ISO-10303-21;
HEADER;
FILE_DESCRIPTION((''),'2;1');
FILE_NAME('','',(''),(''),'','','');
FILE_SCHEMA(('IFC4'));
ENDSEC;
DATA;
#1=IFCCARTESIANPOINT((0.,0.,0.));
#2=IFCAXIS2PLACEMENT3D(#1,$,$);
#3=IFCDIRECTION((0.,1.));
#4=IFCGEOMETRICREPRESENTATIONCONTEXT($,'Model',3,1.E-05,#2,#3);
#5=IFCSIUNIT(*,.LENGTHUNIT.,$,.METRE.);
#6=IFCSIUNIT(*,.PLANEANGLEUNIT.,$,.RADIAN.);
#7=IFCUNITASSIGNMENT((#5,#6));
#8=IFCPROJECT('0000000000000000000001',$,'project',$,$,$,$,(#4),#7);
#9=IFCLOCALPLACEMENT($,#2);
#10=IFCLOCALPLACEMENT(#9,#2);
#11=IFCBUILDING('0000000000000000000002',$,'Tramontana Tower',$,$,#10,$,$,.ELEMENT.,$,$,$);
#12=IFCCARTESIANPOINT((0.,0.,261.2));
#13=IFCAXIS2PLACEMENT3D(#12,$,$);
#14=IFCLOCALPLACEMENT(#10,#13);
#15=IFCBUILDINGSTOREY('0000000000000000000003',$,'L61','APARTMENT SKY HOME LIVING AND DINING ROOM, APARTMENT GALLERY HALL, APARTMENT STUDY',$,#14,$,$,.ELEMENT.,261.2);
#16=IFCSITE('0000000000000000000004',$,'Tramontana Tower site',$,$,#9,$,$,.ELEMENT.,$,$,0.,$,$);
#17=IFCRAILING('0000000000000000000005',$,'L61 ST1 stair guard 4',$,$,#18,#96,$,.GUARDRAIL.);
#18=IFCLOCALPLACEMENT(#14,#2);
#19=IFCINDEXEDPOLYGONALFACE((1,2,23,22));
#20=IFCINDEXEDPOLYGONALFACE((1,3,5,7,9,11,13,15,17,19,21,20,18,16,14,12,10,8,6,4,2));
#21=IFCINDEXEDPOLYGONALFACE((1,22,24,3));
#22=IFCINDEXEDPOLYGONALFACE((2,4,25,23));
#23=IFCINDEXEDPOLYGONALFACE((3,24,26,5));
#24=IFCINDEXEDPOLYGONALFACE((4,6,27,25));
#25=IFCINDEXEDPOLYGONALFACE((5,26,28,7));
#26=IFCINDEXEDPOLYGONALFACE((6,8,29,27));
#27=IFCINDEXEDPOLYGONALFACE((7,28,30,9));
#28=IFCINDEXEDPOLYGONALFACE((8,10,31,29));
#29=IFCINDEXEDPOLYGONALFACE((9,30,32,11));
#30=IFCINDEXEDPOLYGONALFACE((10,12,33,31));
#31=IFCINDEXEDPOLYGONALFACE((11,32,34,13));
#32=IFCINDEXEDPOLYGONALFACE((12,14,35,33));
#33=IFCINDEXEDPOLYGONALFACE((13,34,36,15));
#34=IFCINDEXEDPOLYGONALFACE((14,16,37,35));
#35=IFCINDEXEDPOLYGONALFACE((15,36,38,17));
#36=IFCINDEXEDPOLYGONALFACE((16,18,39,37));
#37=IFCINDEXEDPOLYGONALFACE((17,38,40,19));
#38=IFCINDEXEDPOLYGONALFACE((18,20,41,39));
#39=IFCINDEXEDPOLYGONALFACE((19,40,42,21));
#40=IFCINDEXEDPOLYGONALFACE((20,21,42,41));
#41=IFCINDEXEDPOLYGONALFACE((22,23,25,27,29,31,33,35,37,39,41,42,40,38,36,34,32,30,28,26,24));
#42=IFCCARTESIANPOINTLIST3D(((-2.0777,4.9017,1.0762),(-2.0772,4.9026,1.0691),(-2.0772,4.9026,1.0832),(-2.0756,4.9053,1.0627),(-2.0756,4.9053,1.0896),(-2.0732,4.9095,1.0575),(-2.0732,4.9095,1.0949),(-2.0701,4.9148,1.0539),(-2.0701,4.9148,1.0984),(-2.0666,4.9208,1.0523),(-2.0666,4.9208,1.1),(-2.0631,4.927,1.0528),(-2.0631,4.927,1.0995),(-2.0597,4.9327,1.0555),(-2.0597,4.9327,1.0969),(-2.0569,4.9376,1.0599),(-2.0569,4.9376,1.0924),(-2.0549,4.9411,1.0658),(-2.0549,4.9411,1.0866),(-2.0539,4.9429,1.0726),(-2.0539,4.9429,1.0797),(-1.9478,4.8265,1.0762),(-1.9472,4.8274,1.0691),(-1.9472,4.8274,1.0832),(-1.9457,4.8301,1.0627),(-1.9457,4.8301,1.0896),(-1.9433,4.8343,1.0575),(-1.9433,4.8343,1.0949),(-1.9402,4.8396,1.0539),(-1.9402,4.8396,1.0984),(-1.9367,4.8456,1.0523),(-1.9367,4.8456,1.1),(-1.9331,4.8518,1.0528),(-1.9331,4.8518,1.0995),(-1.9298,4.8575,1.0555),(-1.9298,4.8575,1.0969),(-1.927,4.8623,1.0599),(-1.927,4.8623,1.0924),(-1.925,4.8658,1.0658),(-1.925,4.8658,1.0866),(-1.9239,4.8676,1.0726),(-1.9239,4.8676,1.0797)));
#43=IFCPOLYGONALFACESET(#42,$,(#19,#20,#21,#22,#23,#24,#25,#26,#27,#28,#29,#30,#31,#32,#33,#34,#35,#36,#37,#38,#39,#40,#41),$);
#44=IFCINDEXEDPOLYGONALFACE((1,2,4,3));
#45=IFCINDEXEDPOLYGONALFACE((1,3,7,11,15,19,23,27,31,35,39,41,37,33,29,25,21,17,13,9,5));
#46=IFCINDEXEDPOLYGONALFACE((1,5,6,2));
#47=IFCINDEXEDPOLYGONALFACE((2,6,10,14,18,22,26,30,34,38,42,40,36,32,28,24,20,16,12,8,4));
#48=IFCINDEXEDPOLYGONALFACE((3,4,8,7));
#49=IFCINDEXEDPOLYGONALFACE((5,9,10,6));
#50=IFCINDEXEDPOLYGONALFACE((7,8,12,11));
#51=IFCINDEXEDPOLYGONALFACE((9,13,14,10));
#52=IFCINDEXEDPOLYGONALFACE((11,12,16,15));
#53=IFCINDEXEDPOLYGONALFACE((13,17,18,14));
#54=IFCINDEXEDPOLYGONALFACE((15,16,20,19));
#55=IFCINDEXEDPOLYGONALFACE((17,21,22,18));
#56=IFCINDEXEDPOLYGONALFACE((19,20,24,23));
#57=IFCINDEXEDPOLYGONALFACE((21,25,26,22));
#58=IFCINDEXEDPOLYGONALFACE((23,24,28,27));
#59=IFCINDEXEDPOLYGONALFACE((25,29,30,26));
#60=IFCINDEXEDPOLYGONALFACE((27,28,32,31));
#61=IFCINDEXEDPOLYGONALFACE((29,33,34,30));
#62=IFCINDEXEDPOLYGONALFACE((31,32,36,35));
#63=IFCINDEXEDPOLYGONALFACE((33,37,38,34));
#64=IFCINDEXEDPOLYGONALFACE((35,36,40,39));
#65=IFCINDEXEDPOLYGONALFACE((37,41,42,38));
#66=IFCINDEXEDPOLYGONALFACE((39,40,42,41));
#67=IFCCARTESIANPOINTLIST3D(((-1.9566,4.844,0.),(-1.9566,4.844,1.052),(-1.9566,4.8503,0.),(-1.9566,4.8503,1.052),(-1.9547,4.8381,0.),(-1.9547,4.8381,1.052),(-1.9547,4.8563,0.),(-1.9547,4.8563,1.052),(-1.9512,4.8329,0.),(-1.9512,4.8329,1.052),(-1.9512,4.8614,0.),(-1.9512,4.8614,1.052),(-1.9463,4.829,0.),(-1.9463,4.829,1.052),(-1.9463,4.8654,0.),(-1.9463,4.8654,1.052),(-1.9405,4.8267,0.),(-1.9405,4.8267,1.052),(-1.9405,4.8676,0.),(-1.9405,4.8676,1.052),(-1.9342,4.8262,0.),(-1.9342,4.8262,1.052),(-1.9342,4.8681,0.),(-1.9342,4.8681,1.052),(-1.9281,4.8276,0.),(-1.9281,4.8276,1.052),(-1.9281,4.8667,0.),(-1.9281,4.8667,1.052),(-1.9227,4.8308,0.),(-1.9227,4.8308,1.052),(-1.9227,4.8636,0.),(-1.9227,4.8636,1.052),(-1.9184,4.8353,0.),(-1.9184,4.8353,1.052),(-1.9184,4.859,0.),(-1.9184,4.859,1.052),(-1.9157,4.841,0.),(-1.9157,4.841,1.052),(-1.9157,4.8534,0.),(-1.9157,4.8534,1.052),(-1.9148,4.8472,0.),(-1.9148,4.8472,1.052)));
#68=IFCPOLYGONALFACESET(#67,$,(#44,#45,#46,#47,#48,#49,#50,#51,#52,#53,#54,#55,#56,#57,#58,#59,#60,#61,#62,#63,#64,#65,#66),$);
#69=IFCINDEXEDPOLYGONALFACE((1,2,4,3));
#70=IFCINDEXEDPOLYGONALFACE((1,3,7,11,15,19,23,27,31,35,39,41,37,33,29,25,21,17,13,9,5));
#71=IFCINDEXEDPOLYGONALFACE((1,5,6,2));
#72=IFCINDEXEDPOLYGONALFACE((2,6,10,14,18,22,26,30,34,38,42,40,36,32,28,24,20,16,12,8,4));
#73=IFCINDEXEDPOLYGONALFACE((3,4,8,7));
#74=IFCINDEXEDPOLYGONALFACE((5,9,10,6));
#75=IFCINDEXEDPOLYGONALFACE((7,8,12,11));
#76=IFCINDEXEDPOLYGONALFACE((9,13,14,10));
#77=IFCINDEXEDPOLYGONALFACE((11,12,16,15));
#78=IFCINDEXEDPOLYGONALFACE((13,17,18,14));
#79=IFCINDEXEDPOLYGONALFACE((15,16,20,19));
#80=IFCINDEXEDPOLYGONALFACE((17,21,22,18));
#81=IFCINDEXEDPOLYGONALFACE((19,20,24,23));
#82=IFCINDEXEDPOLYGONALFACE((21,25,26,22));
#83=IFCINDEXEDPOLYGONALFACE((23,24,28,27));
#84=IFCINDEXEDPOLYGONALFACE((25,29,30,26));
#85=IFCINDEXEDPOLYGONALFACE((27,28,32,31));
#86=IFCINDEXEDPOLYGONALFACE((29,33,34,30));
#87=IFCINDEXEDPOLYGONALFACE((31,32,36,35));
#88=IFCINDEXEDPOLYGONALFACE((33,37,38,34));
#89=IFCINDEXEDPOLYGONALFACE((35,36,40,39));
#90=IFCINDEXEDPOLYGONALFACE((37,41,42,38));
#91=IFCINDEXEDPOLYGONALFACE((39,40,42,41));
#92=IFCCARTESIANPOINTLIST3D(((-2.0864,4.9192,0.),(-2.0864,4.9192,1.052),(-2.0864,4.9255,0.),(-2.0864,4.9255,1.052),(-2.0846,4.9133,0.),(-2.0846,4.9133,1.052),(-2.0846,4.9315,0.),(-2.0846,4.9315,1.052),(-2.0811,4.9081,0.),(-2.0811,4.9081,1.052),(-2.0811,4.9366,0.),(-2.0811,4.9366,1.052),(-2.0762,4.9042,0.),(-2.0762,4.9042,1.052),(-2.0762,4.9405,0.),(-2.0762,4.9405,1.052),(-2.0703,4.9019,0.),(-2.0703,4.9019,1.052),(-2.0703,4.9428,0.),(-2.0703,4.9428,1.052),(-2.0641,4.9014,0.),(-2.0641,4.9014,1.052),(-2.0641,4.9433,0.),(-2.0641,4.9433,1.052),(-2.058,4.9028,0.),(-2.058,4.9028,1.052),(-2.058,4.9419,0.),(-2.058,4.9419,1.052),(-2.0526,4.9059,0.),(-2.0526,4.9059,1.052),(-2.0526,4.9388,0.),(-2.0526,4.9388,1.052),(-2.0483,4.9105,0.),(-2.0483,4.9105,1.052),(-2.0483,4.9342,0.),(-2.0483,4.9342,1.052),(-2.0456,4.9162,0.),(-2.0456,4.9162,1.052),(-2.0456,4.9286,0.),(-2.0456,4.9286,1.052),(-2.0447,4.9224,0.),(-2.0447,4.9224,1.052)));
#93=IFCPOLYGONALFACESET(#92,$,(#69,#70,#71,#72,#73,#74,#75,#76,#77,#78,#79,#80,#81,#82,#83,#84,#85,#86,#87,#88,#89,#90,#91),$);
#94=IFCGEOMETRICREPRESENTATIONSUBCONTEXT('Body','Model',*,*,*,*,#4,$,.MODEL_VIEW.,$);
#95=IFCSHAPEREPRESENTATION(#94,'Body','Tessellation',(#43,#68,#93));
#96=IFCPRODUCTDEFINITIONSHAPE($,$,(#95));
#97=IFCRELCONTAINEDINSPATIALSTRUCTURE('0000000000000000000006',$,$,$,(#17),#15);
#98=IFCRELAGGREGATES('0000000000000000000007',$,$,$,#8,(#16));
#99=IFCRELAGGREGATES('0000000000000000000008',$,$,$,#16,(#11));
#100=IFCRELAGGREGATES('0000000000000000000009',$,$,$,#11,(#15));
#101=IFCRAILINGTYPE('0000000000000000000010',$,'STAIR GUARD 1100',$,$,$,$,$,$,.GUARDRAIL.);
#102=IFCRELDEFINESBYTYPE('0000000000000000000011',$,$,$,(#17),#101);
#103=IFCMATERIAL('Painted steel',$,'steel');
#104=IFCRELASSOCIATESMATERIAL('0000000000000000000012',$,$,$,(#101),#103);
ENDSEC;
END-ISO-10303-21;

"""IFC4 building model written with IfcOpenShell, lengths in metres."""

from ifc_helpers import new_model, si_unit, direction, frame, origin, origin_2d, place, context, subcontext, project, spatial, circle, extrude, material, type_object, element, save


model = new_model("IFC4")

# Units and contexts
model_context = context("Model", 3, precision=1e-05, world=origin(), true_north=direction((0.0, 1.0)))
body_context = subcontext(model_context, "Body", "Model", "MODEL_VIEW")
ifc_project = project(units=[si_unit("LENGTHUNIT", "METRE"), si_unit("PLANEANGLEUNIT", "RADIAN")], contexts=[model_context])

# Site, building, storey
site_placement = place(None, origin())
site = spatial("IfcSite", under=ifc_project, at=site_placement, Name="Tramontana Tower site", CompositionType="ELEMENT", RefElevation=0.0)
building_placement = place(site_placement, origin())
building = spatial("IfcBuilding", under=site, at=building_placement, Name="Tramontana Tower", CompositionType="ELEMENT")
storey_placement = place(building_placement, frame((0.0, 0.0, 261.2)))
storey = spatial("IfcBuildingStorey", under=building, at=storey_placement, Name="L61", Description="APARTMENT SKY HOME LIVING AND DINING ROOM, APARTMENT GALLERY HALL, APARTMENT STUDY", CompositionType="ELEMENT", Elevation=261.2)

# Railing
ifc_material_1 = material(Name="Painted steel", Category="steel")
railing_type_1 = type_object("IfcRailingType", Name="STAIR GUARD 1100", PredefinedType="GUARDRAIL", material=ifc_material_1)
railing_1_placement = place(storey_placement, frame((-1.9358, 4.8472, 0.0)))
element("IfcRailing", 1, at=railing_1_placement, inside=storey, type_object=railing_type_1, Name="L61 ST1 stair guard 4", PredefinedType="GUARDRAIL", context=body_context, shape_type="SweptSolid", body=[
    extrude(circle(Radius=0.0239, at=origin_2d()), frame((0.0, 0.0, 1.0762), z_axis=(-0.865426, 0.501036, 0.0), x_axis=(-0.501036, -0.865426, 0.0)), (0.0, 0.0, 1.0), 0.1501),
    extrude(circle(Radius=0.021, at=origin_2d()), origin(), (0.0, 0.0, 1.0), 1.052),
    extrude(circle(Radius=0.021, at=origin_2d()), frame((-0.1299, 0.0752, 0.0)), (0.0, 0.0, 1.0), 1.052),
])

save(model, "model.ifc")
